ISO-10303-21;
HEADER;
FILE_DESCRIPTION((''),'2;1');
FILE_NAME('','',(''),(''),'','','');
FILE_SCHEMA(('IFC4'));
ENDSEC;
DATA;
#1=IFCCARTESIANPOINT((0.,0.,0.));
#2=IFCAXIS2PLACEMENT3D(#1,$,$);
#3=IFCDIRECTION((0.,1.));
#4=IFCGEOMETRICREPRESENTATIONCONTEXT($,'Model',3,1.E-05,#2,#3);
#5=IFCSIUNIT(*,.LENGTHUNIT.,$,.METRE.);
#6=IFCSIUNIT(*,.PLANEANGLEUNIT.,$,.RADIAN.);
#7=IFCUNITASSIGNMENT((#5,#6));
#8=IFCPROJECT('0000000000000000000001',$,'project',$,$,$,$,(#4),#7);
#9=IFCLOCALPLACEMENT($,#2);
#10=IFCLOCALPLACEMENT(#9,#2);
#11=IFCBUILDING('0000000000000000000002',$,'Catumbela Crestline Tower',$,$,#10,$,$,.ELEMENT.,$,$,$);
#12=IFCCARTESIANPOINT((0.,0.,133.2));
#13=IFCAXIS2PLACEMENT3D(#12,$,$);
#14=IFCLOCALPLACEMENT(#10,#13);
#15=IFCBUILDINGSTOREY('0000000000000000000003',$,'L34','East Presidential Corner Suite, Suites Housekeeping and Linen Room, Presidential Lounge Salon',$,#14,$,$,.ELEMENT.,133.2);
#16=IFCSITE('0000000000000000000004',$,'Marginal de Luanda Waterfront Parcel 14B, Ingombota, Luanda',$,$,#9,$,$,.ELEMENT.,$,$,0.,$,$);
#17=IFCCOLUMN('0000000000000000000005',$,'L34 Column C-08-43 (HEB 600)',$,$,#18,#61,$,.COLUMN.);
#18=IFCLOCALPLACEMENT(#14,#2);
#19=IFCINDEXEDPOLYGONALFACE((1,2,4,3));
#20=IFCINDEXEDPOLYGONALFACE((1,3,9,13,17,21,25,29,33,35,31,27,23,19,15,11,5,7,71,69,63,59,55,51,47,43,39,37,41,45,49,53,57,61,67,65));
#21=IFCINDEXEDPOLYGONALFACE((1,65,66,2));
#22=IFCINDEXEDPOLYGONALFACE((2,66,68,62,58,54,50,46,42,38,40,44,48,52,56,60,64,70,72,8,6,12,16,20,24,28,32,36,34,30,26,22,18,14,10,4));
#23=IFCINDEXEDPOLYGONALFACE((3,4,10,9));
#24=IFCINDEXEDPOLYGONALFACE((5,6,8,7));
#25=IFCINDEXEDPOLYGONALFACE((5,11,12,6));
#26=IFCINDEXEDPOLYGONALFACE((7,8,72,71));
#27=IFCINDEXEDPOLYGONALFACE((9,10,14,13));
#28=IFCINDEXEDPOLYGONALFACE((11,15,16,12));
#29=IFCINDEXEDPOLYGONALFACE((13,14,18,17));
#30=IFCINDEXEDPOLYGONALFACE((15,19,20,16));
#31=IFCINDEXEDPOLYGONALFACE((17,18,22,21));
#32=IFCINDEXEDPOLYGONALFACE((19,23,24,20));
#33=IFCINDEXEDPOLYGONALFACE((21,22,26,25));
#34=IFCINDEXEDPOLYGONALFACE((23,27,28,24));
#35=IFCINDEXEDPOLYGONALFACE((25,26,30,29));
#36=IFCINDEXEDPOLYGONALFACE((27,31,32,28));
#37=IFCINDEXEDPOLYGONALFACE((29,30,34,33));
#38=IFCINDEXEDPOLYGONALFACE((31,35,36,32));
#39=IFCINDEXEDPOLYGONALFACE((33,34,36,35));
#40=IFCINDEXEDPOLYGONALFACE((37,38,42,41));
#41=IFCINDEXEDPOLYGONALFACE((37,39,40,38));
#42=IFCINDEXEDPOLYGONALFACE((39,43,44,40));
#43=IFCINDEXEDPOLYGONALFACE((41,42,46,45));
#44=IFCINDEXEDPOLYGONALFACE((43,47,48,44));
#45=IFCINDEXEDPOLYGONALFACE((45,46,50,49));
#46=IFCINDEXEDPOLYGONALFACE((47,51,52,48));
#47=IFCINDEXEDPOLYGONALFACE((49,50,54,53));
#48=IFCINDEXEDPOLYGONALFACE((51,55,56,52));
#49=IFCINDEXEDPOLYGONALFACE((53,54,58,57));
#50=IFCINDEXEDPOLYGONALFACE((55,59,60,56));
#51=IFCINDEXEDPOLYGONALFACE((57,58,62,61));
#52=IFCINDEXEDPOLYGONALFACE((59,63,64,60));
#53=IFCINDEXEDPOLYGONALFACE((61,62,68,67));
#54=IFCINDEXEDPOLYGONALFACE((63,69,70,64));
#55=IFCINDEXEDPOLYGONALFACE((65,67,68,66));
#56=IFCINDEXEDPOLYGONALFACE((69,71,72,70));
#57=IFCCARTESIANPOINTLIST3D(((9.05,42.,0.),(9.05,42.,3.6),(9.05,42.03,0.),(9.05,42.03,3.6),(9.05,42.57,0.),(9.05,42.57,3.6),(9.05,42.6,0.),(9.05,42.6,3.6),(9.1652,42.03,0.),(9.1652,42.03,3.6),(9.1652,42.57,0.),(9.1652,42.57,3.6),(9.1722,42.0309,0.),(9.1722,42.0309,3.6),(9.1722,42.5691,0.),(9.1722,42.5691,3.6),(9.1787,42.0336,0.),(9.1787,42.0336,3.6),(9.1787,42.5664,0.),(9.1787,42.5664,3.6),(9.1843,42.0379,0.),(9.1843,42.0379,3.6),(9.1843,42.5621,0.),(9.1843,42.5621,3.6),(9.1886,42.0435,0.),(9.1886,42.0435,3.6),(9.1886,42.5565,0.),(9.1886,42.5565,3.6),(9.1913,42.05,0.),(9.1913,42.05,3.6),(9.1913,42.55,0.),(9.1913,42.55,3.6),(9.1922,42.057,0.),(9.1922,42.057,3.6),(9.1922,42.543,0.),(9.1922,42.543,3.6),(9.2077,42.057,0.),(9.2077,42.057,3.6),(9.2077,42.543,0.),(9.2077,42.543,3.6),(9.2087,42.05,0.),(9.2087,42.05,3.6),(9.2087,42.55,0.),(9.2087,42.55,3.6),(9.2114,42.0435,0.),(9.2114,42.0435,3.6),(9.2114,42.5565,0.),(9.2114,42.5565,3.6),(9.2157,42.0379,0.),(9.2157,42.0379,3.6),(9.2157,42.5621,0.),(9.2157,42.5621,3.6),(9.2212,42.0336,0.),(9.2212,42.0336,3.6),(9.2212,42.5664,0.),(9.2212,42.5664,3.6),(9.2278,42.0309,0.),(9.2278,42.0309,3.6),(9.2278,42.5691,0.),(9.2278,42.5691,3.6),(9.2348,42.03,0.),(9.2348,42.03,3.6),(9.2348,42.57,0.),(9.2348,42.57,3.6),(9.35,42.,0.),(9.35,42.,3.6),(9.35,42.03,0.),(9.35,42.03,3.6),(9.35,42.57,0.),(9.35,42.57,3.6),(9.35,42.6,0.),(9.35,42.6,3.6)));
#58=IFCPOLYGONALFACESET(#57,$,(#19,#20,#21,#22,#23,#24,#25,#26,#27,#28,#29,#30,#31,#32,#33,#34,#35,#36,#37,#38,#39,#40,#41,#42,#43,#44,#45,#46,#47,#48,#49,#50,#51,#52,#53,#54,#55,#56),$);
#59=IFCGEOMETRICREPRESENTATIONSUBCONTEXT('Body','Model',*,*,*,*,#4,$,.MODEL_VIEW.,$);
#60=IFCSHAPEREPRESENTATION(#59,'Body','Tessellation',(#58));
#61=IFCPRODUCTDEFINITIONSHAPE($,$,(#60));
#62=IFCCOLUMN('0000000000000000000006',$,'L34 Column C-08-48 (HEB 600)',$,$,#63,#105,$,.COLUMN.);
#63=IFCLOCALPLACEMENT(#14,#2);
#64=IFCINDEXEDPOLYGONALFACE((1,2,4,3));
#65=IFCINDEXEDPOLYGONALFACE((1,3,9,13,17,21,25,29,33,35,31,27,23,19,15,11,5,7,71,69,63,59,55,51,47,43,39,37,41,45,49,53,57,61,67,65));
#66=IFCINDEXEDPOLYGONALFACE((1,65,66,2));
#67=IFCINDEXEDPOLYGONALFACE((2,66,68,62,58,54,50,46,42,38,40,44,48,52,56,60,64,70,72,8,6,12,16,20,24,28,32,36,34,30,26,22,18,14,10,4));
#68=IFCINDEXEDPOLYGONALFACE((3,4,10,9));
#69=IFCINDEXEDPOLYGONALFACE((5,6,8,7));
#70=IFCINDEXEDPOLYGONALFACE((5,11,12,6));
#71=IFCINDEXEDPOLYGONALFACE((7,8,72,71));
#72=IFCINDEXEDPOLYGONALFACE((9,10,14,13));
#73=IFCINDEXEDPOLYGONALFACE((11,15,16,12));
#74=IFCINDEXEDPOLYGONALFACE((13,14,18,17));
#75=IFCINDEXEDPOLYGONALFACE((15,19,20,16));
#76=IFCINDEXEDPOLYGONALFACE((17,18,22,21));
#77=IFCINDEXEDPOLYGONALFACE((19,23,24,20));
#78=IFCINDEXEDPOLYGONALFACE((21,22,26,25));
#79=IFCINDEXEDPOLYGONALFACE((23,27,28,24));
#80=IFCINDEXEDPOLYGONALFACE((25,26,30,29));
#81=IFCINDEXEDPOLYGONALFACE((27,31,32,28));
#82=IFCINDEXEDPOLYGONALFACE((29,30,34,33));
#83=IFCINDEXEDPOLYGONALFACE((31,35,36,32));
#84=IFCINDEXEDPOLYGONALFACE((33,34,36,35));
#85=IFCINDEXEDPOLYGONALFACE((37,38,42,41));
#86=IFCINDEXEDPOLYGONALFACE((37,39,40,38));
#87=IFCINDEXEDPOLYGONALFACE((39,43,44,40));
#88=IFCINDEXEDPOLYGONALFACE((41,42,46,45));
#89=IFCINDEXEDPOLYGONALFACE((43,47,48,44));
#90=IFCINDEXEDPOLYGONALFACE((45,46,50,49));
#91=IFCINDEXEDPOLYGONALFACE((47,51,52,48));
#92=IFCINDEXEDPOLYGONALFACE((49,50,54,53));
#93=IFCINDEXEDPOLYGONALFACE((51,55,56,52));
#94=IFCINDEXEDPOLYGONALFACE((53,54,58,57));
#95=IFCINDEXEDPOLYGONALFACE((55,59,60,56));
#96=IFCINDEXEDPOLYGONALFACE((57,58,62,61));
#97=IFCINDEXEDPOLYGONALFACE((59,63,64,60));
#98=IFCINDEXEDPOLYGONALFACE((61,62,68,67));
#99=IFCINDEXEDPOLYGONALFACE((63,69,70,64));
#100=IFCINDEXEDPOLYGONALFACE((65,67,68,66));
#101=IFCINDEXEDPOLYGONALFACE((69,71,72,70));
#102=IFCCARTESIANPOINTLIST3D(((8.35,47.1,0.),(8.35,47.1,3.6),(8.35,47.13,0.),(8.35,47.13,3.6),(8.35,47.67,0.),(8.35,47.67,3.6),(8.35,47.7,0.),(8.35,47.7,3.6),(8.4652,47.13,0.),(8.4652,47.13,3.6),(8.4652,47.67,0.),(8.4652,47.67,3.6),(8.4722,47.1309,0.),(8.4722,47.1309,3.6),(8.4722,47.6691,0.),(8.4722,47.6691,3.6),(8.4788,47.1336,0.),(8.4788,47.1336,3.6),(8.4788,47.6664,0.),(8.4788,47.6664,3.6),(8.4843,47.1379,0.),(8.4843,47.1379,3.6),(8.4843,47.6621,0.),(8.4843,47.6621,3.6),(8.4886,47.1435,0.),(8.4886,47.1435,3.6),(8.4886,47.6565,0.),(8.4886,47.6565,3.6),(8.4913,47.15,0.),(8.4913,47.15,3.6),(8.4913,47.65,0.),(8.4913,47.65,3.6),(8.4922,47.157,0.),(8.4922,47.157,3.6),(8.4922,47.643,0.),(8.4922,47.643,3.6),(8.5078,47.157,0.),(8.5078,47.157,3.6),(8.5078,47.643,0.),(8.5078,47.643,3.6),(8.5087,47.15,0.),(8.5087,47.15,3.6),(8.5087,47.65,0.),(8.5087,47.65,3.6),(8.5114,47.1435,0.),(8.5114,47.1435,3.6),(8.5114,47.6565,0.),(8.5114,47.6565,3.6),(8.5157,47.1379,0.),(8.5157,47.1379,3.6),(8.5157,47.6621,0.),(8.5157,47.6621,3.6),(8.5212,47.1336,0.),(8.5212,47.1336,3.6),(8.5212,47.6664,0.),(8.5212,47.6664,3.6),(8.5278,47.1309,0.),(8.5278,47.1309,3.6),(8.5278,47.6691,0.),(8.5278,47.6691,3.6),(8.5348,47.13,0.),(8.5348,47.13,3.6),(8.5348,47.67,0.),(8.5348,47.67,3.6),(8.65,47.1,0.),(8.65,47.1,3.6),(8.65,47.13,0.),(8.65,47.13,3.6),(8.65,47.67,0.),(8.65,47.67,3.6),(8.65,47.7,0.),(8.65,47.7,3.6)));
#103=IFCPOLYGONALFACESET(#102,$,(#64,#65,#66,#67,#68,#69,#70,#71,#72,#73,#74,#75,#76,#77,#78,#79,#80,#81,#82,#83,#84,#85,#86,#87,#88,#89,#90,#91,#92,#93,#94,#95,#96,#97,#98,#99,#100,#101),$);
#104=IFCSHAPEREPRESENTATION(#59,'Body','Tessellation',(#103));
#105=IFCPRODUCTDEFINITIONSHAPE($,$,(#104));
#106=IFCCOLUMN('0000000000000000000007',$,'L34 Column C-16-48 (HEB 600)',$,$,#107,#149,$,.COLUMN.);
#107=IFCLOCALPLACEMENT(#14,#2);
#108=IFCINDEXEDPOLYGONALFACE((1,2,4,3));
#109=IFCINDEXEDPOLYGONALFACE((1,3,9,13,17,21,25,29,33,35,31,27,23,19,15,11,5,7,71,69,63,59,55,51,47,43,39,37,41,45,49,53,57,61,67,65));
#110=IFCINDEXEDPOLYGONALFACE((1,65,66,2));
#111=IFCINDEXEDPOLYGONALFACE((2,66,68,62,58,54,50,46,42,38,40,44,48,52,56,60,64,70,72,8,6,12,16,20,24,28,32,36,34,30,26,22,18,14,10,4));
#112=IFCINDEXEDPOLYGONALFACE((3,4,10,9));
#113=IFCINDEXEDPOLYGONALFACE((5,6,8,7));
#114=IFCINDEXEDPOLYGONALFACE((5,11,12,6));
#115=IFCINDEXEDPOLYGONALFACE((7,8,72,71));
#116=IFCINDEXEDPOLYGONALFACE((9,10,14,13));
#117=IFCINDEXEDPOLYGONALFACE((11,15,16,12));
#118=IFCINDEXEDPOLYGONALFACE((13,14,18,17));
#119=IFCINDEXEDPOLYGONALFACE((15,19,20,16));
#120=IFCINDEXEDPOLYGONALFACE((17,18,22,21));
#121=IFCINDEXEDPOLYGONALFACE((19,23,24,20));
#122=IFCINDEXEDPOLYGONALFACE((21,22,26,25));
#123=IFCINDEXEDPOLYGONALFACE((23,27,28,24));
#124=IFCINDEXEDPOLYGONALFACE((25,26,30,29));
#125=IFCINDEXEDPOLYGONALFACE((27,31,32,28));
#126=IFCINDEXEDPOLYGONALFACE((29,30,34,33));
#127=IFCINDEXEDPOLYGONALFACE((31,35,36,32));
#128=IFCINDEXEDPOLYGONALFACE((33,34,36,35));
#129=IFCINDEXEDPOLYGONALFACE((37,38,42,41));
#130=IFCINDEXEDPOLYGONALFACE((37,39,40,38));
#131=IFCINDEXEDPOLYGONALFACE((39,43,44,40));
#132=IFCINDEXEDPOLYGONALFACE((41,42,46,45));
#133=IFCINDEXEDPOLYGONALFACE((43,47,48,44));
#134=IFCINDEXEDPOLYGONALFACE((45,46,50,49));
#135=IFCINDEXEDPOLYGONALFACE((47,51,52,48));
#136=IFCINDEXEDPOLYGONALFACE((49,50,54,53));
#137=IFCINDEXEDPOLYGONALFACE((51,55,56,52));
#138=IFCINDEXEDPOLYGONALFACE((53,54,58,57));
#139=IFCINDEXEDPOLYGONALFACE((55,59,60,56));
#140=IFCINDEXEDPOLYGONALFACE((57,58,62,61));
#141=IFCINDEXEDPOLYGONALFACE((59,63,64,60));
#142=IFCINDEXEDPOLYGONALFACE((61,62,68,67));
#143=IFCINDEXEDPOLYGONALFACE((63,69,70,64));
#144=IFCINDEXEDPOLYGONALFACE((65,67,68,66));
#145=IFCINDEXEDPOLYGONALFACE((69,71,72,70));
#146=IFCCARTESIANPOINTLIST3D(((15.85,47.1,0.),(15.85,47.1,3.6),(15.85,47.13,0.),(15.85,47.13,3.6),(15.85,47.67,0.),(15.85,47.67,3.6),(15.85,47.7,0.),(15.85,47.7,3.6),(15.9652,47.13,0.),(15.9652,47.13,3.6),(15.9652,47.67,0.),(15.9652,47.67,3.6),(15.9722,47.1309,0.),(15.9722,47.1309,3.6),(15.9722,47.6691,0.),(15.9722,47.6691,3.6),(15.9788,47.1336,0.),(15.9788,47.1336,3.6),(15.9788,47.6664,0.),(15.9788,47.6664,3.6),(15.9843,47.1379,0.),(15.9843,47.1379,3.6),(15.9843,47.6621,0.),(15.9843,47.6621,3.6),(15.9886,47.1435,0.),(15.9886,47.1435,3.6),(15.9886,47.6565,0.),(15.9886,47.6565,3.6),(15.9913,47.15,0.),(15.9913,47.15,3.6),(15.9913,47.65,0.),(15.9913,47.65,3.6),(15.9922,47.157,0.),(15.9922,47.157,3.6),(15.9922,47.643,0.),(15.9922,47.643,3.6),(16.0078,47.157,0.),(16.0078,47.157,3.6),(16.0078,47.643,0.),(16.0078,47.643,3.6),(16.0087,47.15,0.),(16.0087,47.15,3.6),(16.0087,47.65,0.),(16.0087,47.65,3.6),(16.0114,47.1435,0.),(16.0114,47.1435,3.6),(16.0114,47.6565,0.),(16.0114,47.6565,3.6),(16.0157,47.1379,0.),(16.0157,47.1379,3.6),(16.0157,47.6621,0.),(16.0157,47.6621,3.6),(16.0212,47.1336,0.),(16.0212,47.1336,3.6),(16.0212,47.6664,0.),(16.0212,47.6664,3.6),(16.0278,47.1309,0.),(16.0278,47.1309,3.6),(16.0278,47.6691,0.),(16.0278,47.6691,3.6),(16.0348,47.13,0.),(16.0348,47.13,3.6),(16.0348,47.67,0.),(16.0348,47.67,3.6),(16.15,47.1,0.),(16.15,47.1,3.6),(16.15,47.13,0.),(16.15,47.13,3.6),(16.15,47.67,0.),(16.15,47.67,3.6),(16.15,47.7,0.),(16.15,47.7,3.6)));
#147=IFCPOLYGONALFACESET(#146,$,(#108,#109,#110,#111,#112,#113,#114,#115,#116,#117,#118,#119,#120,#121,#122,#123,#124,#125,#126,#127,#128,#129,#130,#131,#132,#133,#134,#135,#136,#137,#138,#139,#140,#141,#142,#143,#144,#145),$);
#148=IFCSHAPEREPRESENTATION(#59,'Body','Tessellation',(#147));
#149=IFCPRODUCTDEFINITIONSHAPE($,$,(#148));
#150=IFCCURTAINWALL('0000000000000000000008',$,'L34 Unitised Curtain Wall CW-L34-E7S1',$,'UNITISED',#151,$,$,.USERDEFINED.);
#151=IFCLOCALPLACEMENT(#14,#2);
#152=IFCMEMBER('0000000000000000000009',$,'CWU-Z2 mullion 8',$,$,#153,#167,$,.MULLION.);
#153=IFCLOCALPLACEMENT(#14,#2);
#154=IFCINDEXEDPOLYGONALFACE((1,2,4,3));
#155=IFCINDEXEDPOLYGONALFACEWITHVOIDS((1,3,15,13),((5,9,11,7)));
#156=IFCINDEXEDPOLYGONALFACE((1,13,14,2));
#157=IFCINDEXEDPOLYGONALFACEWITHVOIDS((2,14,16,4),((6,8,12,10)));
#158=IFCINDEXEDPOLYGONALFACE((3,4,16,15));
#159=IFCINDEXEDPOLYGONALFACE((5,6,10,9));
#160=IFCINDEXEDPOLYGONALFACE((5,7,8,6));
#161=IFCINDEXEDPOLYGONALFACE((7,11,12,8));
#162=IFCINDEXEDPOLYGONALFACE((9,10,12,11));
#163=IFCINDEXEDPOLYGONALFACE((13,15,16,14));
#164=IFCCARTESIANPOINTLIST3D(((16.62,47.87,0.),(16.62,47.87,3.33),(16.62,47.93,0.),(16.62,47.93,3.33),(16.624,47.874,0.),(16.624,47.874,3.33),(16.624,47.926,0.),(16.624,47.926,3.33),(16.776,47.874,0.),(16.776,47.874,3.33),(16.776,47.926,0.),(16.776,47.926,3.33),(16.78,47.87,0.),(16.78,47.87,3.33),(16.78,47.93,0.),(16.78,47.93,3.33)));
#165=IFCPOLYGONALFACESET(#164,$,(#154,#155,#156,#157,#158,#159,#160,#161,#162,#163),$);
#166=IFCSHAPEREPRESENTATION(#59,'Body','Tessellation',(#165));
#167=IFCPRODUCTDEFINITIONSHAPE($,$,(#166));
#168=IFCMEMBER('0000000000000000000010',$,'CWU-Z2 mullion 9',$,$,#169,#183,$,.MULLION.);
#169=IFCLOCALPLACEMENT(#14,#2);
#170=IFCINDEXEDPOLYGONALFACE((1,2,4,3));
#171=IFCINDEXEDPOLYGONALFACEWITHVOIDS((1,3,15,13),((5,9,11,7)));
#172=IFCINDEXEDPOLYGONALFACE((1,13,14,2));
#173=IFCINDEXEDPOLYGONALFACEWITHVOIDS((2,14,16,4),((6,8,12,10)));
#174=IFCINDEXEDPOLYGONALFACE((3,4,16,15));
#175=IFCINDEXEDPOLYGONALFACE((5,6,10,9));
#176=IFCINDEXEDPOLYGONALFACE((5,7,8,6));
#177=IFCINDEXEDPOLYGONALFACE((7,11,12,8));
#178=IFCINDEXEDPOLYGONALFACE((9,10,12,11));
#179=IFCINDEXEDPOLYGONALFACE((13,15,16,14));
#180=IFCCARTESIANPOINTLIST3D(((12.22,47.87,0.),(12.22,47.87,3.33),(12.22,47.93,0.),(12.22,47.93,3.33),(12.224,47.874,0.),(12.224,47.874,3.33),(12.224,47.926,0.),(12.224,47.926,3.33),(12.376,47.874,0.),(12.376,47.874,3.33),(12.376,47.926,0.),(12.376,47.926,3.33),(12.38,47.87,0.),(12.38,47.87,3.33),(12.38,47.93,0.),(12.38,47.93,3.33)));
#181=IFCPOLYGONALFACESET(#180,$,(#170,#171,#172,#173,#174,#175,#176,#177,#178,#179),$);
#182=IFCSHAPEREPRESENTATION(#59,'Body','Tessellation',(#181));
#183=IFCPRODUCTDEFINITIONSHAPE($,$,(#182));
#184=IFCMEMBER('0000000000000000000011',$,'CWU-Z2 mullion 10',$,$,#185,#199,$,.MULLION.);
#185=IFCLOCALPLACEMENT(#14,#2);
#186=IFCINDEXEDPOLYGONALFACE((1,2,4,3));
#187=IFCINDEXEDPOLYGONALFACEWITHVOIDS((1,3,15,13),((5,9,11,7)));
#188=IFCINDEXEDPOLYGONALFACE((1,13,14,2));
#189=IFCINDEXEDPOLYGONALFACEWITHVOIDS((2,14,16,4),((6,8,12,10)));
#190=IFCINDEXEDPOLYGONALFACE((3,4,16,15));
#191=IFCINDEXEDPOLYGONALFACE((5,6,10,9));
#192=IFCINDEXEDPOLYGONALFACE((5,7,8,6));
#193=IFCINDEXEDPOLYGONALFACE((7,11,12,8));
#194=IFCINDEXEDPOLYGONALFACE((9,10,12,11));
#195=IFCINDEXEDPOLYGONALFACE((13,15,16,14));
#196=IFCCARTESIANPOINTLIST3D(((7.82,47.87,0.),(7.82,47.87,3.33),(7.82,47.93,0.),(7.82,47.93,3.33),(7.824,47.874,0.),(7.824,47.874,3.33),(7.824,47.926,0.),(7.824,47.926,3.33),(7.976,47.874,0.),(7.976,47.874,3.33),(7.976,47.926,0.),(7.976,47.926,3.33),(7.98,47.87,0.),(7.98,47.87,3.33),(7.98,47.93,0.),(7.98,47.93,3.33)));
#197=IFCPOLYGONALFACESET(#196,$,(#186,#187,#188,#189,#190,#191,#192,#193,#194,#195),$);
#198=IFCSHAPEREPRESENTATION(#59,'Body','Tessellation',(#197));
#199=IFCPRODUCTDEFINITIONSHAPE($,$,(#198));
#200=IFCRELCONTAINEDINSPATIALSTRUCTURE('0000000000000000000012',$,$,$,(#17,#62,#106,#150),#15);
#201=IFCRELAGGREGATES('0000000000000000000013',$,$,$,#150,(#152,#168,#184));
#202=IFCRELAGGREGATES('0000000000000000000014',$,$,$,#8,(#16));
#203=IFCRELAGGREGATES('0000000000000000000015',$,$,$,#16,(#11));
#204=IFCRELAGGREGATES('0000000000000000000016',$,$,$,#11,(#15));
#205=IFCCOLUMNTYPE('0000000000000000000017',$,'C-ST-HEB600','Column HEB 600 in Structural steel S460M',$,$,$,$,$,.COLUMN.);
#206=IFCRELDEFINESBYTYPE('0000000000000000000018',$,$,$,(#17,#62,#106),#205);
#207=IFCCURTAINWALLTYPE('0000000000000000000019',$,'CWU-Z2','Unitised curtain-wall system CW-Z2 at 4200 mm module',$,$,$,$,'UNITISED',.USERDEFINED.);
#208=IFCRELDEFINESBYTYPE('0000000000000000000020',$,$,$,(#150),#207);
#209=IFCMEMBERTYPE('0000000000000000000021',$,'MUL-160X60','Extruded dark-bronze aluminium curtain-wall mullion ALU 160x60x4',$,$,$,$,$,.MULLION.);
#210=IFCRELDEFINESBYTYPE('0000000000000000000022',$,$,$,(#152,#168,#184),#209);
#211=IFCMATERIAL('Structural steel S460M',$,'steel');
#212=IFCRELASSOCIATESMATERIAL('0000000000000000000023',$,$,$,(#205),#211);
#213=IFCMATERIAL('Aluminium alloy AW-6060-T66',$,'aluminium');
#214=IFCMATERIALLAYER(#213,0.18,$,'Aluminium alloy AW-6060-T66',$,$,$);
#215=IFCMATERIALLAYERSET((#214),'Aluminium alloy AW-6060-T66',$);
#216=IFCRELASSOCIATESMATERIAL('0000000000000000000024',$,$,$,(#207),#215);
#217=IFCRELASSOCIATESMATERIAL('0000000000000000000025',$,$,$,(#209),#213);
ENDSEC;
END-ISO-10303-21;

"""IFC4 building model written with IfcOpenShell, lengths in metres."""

from ifc_helpers import new_model, si_unit, direction, frame, origin, origin_2d, place, context, subcontext, project, spatial, hollow_rectangle, i_section, extrude, material, layer, layer_set, material_profile, profile_set, type_object, element, aggregate, save


model = new_model("IFC4")

# Units and contexts
model_context = context("Model", 3, precision=1e-05, world=origin(), true_north=direction((0.0, 1.0)))
body_context = subcontext(model_context, "Body", "Model", "MODEL_VIEW")
ifc_project = project(units=[si_unit("LENGTHUNIT", "METRE"), si_unit("PLANEANGLEUNIT", "RADIAN")], contexts=[model_context])

# Site, building, storey
site_placement = place(None, origin())
site = spatial("IfcSite", under=ifc_project, at=site_placement, Name="Marginal de Luanda Waterfront Parcel 14B, Ingombota, Luanda", CompositionType="ELEMENT", RefElevation=0.0)
building_placement = place(site_placement, origin())
building = spatial("IfcBuilding", under=site, at=building_placement, Name="Catumbela Crestline Tower", CompositionType="ELEMENT")
storey_placement = place(building_placement, frame((0.0, 0.0, 133.2)))
storey = spatial("IfcBuildingStorey", under=building, at=storey_placement, Name="L34", Description="East Presidential Corner Suite, Suites Housekeeping and Linen Room, Presidential Lounge Salon", CompositionType="ELEMENT", Elevation=133.2)

# Columns
ifc_material_1 = material(Name="Structural steel S460M", Category="steel")
ifc_material_profile_1 = material_profile(ifc_material_1, i_section(OverallWidth=0.3, OverallDepth=0.6, WebThickness=0.0155, FlangeThickness=0.03, FilletRadius=0.027, at=origin_2d()), Name="HEB 600")
ifc_profile_set_1 = profile_set([ifc_material_profile_1], Name="Structural steel S460M")
column_type = type_object("IfcColumnType", Name="C-ST-HEB600", Description="Column HEB 600 in Structural steel S460M", PredefinedType="COLUMN", material=ifc_profile_set_1)
for number, where, z_axis, x_axis, name in (
    (1, (9.2, 42.3, 0.0), (0.0, 0.0, 1.0), (1.0, 0.0, 0.0), "L34 Column C-08-43 (HEB 600)"),
    (2, (8.5, 47.4, 0.0), (0.0, 0.0, 1.0), (1.0, 0.0, 0.0), "L34 Column C-08-48 (HEB 600)"),
    (3, (16.0, 47.4, 0.0), (0.0, 0.0, 1.0), (1.0, 0.0, 0.0), "L34 Column C-16-48 (HEB 600)"),
):
    element("IfcColumn", number, at=place(storey_placement, frame(where, z_axis=z_axis, x_axis=x_axis)), inside=storey, type_object=column_type, Name=name, PredefinedType="COLUMN", context=body_context, shape_type="SweptSolid", body=[
        extrude(i_section(OverallWidth=0.3, OverallDepth=0.6, WebThickness=0.0155, FlangeThickness=0.03, FilletRadius=0.027, at=origin_2d()), origin(), (0.0, 0.0, 1.0), 3.6),
    ])

# Curtain wall, members
ifc_material_2 = material(Name="Aluminium alloy AW-6060-T66", Category="aluminium")
ifc_layer_1 = layer(ifc_material_2, 0.18, Name="Aluminium alloy AW-6060-T66")
ifc_layer_set_1 = layer_set([ifc_layer_1], Name="Aluminium alloy AW-6060-T66")
curtain_wall_type = type_object("IfcCurtainWallType", Name="CWU-Z2", Description="Unitised curtain-wall system CW-Z2 at 4200 mm module", ElementType="UNITISED", PredefinedType="USERDEFINED", material=ifc_layer_set_1)
curtain_wall_placement = place(storey_placement, origin())
curtain_wall = element("IfcCurtainWall", 4, at=curtain_wall_placement, inside=storey, type_object=curtain_wall_type, Name="L34 Unitised Curtain Wall CW-L34-E7S1", ObjectType="UNITISED", PredefinedType="USERDEFINED")
ifc_material_profile_2 = material_profile(ifc_material_2, hollow_rectangle(XDim=0.06, YDim=0.16, WallThickness=0.004, at=origin_2d()), Name="ALU 160x60x4")
ifc_profile_set_2 = profile_set([ifc_material_profile_2], Name="Aluminium alloy AW-6060-T66")
member_type_1 = type_object("IfcMemberType", Name="MUL-160X60", Description="Extruded dark-bronze aluminium curtain-wall mullion ALU 160x60x4", PredefinedType="MULLION", material=ifc_profile_set_2)
member_1_placement = place(storey_placement, frame((16.7, 47.9, 0.0), z_axis=(0.0, 0.0, 1.0), x_axis=(0.0, -1.0, 0.0)))
member_1 = element("IfcMember", 5, at=member_1_placement, type_object=member_type_1, Name="CWU-Z2 mullion 8", PredefinedType="MULLION", context=body_context, shape_type="SweptSolid", body=[
    extrude(hollow_rectangle(XDim=0.06, YDim=0.16, WallThickness=0.004, at=origin_2d()), origin(), (0.0, 0.0, 1.0), 3.33),
])
member_2_placement = place(storey_placement, frame((12.3, 47.9, 0.0), z_axis=(0.0, 0.0, 1.0), x_axis=(0.0, -1.0, 0.0)))
member_2 = element("IfcMember", 6, at=member_2_placement, type_object=member_type_1, Name="CWU-Z2 mullion 9", PredefinedType="MULLION", context=body_context, shape_type="SweptSolid", body=[
    extrude(hollow_rectangle(XDim=0.06, YDim=0.16, WallThickness=0.004, at=origin_2d()), origin(), (0.0, 0.0, 1.0), 3.33),
])
member_3_placement = place(storey_placement, frame((7.9, 47.9, 0.0), z_axis=(0.0, 0.0, 1.0), x_axis=(0.0, -1.0, 0.0)))
member_3 = element("IfcMember", 7, at=member_3_placement, type_object=member_type_1, Name="CWU-Z2 mullion 10", PredefinedType="MULLION", context=body_context, shape_type="SweptSolid", body=[
    extrude(hollow_rectangle(XDim=0.06, YDim=0.16, WallThickness=0.004, at=origin_2d()), origin(), (0.0, 0.0, 1.0), 3.33),
])

aggregate(curtain_wall, [member_1, member_2, member_3])

save(model, "model.ifc")
